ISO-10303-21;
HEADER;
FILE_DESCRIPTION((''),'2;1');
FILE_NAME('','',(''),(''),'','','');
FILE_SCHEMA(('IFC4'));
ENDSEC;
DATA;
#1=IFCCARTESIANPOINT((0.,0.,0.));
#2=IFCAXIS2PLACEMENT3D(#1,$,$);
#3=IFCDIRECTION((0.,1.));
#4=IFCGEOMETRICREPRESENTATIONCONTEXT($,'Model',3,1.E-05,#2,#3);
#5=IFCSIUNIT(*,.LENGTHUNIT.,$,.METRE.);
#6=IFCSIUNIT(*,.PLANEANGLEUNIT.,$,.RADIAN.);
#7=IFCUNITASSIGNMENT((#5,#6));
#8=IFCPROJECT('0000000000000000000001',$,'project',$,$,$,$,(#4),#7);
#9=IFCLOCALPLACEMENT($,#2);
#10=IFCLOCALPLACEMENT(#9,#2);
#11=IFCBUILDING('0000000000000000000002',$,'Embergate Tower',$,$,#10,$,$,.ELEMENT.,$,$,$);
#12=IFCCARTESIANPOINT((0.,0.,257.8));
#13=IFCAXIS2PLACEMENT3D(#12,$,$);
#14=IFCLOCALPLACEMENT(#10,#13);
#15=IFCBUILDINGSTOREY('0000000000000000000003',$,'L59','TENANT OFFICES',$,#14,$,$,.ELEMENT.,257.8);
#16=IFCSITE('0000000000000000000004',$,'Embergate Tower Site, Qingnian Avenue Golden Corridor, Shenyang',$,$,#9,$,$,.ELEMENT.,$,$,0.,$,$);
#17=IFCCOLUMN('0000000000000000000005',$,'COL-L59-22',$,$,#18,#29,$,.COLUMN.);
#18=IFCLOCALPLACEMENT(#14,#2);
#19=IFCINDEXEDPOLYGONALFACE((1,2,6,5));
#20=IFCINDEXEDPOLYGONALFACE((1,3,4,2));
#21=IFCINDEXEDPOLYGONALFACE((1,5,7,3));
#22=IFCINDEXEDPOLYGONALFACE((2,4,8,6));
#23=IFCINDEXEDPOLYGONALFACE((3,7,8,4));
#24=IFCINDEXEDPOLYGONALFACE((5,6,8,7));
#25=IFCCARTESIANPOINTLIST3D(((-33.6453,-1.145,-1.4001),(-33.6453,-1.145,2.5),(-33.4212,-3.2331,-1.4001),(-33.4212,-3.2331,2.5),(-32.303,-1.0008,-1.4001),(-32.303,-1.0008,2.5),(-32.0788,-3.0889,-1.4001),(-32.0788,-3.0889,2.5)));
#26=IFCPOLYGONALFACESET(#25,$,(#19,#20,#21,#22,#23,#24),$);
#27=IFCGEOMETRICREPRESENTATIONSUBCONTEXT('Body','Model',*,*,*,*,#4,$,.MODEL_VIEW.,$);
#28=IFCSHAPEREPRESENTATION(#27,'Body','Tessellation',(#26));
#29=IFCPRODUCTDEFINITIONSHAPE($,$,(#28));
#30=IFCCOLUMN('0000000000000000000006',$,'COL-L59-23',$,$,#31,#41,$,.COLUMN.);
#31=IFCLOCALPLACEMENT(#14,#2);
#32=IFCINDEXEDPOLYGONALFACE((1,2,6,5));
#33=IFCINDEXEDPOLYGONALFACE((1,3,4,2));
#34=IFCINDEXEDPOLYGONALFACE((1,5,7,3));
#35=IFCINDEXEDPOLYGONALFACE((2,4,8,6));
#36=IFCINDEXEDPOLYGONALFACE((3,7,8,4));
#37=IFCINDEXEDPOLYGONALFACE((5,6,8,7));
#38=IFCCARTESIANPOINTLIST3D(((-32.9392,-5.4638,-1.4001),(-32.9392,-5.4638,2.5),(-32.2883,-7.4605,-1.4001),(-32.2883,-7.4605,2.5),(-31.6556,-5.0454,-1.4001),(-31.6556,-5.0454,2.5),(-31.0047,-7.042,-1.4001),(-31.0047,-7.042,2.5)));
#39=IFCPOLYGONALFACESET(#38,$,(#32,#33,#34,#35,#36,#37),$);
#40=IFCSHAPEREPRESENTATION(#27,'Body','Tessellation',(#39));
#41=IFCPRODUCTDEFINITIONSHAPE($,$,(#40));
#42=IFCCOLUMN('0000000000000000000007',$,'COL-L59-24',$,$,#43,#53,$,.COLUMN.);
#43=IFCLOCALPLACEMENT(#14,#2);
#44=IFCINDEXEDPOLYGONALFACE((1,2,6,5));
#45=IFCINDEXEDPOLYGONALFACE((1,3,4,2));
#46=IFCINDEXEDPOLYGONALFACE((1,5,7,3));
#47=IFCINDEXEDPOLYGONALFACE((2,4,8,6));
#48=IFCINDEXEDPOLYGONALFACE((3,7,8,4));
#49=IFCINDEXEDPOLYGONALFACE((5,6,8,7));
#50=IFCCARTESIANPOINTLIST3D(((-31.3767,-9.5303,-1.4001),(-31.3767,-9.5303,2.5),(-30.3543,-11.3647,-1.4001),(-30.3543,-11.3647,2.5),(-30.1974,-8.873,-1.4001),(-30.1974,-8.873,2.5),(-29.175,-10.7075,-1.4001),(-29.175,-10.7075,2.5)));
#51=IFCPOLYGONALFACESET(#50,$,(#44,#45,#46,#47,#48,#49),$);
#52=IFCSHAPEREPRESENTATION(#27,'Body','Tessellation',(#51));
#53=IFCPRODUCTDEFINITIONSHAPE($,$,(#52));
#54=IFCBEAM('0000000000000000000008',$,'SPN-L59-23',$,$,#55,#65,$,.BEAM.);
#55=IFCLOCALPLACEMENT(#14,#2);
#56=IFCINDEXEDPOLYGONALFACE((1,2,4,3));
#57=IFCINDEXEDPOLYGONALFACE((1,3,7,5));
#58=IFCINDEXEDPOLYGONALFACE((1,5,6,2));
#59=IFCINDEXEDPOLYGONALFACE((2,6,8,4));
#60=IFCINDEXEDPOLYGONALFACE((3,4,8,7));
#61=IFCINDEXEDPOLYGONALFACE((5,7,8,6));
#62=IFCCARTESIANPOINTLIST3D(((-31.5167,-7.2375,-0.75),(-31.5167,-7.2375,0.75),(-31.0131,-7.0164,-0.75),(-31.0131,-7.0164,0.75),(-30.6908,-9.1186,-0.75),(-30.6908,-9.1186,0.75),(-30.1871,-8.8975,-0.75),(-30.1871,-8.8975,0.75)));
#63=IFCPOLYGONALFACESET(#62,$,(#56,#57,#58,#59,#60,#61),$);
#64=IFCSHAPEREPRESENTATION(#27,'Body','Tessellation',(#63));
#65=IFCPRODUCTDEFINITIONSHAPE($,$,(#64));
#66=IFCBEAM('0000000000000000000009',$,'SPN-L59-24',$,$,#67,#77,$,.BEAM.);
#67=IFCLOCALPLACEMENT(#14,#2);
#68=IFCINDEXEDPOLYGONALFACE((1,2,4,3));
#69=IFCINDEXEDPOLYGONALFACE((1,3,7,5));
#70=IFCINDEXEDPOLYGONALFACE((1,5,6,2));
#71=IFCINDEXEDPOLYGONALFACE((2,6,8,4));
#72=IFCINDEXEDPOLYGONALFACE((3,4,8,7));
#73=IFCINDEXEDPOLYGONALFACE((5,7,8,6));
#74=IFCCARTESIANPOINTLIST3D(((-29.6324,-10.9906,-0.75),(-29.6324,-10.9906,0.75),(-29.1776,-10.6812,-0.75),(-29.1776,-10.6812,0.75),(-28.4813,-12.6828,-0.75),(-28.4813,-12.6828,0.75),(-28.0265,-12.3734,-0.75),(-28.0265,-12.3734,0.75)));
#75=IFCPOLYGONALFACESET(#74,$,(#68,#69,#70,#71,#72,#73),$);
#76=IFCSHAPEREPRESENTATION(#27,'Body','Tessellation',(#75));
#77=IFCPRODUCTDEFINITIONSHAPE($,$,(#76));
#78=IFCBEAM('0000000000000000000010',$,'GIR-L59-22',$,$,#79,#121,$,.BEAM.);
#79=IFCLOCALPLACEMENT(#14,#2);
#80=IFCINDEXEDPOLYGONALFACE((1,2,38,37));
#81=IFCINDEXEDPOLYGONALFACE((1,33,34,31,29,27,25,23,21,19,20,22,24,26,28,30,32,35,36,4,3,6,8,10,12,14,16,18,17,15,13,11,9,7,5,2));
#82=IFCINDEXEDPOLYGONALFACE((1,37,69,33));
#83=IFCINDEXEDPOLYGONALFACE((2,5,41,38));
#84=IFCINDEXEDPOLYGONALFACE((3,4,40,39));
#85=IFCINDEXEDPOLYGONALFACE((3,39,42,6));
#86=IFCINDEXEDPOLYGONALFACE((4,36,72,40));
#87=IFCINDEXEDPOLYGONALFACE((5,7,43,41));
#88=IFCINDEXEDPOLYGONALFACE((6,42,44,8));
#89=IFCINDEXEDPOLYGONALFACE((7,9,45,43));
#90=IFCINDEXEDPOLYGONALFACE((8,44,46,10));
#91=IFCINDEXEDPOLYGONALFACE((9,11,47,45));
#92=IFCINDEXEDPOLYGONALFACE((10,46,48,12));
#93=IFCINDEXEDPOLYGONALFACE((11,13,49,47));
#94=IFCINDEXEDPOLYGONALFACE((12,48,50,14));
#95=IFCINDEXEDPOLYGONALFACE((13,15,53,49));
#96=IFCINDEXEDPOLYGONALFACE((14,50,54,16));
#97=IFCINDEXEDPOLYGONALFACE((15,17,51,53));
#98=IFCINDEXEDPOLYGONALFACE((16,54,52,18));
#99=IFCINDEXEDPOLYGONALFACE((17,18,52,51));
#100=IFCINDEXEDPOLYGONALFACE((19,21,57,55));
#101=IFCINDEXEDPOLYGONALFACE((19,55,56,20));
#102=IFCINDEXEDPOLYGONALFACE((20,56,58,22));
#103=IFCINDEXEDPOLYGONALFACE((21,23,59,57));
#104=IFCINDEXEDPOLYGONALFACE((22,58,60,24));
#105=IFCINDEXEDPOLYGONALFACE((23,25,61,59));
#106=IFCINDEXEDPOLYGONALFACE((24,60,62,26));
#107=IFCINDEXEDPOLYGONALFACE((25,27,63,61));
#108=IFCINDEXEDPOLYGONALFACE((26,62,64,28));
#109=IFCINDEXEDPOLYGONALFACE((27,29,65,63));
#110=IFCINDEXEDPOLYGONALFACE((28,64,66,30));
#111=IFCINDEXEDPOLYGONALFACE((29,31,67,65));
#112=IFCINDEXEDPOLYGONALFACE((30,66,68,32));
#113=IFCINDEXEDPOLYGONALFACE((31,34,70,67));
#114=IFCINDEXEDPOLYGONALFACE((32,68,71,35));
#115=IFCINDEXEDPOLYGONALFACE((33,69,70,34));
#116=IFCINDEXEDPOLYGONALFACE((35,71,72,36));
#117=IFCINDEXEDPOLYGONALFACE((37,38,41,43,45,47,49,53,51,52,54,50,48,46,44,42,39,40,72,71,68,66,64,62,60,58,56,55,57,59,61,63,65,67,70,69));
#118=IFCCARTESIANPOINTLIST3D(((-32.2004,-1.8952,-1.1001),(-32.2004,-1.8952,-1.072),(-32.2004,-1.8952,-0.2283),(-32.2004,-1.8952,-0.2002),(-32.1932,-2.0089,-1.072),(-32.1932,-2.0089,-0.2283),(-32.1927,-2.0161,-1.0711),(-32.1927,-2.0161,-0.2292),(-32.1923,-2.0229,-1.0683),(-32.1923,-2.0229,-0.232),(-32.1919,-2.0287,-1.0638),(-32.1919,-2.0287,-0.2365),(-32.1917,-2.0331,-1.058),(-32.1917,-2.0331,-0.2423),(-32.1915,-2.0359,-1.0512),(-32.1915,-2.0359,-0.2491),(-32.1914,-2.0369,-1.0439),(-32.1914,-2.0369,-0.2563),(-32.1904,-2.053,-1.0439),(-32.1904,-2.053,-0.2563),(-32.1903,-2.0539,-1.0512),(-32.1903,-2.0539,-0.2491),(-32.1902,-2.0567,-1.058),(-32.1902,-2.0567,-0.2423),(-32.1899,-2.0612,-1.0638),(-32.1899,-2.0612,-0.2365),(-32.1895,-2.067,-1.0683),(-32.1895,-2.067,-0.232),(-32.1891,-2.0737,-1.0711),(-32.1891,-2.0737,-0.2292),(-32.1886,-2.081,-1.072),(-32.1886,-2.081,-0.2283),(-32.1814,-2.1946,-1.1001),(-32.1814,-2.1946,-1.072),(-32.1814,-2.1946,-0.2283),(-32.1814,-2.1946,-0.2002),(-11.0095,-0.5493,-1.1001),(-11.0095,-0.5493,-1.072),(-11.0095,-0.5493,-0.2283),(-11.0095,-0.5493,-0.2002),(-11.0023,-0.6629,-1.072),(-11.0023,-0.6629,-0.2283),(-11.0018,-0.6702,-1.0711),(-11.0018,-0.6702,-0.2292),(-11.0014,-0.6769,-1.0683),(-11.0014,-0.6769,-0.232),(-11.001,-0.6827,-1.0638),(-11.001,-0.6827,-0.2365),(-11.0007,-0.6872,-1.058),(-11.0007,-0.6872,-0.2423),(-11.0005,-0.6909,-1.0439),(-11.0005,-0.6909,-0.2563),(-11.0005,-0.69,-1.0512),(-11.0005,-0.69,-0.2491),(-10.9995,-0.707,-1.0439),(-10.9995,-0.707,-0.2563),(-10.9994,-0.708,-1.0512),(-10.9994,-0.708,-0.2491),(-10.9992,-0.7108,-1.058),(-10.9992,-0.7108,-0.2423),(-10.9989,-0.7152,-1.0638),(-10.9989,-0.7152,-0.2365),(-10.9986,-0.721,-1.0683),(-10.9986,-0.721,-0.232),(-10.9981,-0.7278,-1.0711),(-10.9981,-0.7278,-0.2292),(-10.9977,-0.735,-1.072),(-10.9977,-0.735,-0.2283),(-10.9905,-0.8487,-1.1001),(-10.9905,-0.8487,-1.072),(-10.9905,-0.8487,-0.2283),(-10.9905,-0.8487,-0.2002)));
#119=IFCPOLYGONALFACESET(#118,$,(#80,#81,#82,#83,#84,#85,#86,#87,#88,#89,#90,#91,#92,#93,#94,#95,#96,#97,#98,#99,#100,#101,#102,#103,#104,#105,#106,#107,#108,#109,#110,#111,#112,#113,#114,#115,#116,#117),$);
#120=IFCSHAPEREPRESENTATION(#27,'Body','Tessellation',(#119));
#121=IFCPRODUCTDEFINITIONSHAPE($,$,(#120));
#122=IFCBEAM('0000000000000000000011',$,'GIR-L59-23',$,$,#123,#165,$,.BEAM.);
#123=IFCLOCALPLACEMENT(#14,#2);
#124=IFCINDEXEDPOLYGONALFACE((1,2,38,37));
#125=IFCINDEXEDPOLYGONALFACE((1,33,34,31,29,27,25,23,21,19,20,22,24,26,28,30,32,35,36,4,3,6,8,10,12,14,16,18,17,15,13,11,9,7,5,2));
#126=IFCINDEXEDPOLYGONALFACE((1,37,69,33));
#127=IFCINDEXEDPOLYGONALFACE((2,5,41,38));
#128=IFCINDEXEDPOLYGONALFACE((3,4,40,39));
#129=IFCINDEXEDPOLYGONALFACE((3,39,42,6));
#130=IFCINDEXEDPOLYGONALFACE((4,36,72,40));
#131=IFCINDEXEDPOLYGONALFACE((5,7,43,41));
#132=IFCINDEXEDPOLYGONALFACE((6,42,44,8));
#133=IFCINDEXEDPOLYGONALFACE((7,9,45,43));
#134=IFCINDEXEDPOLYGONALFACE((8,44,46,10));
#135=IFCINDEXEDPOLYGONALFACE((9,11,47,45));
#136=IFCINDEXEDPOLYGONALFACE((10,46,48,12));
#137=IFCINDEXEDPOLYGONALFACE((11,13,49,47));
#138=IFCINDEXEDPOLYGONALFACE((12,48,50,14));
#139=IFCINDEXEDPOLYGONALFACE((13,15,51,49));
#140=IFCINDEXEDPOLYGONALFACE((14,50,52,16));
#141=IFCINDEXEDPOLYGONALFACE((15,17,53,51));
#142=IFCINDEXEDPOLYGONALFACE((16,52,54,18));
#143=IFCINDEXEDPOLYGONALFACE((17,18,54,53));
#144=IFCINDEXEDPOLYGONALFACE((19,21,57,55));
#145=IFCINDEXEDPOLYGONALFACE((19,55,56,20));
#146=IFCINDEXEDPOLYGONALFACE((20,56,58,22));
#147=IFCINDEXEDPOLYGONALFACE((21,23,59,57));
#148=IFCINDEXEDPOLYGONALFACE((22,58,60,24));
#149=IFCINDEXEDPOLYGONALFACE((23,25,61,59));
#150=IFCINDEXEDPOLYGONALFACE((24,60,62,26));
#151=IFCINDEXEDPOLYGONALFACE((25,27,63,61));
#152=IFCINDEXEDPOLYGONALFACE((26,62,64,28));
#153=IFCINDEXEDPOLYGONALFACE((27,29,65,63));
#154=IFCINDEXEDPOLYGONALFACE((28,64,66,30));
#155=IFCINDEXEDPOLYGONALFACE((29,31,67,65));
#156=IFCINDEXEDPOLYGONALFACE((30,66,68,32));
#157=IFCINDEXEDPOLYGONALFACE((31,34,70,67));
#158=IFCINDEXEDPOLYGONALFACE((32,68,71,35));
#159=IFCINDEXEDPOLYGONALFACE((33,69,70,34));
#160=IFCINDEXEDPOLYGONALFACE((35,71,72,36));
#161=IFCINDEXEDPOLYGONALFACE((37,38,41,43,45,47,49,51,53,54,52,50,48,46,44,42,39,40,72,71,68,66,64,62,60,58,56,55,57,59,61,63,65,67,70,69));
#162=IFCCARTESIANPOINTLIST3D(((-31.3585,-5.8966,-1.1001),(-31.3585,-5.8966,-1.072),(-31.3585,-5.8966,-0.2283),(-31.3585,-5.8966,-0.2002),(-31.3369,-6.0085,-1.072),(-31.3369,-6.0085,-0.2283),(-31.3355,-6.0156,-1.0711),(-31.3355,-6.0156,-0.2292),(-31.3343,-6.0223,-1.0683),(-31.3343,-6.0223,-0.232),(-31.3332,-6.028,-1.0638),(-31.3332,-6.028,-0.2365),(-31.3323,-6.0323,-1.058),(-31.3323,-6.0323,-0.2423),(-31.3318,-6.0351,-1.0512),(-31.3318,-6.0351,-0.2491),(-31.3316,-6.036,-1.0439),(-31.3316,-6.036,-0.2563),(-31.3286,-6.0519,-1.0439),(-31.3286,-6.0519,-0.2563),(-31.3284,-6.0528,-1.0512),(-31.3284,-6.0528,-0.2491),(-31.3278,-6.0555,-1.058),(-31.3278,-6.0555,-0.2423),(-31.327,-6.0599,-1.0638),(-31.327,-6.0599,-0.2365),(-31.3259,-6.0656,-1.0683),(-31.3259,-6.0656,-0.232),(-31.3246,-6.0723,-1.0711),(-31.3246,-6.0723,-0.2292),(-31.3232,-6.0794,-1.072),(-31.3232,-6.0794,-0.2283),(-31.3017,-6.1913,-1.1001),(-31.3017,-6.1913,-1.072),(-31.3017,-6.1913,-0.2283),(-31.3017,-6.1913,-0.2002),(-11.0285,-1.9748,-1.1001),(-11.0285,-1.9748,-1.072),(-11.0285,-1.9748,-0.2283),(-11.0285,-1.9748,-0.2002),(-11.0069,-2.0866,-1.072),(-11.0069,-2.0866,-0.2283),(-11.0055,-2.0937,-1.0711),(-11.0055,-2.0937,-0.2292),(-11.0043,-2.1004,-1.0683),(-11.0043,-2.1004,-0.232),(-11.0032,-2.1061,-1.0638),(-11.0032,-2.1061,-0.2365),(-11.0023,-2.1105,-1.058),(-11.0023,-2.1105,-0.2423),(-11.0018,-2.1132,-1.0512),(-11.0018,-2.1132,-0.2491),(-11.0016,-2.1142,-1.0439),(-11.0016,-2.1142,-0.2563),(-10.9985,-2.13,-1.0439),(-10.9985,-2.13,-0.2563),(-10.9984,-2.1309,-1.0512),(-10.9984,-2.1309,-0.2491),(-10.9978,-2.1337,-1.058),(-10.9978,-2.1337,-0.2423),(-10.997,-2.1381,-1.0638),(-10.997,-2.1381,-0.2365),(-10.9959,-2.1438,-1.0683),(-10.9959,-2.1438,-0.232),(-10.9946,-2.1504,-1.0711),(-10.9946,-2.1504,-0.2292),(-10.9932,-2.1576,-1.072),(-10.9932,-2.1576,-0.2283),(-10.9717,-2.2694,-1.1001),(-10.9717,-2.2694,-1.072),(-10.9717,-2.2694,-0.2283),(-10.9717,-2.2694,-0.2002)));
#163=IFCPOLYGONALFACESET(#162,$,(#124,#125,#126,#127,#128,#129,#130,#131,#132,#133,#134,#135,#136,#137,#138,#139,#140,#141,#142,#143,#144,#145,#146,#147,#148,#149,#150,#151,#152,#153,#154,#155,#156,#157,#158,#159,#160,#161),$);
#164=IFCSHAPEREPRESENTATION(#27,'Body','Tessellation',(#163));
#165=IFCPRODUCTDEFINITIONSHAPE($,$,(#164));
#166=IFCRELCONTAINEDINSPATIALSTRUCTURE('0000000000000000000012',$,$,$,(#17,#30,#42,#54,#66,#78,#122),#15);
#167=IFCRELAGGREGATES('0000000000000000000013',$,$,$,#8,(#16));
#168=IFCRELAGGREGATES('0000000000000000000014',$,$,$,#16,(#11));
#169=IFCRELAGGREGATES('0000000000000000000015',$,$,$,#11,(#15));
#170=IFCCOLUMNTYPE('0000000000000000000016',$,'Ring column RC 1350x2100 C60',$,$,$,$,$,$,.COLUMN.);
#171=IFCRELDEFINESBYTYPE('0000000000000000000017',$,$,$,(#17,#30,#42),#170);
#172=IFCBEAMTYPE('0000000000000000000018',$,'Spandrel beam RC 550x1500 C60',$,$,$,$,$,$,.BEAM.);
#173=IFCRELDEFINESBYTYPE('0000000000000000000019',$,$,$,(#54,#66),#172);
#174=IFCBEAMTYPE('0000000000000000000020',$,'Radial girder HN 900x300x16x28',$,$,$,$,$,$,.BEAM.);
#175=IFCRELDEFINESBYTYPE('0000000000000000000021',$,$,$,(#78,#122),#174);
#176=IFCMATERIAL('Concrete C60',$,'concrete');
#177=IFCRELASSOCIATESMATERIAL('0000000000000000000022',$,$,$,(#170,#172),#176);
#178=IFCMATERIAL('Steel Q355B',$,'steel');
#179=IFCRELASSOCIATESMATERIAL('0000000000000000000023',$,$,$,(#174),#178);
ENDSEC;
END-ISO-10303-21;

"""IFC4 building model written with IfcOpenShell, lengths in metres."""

from ifc_helpers import new_model, si_unit, direction, frame, origin, origin_2d, place, context, subcontext, project, spatial, rectangle, i_section, extrude, source, transform, mapped, material, material_profile, profile_set, type_object, element, save


model = new_model("IFC4")

# Units and contexts
model_context = context("Model", 3, precision=1e-05, world=origin(), true_north=direction((0.0, 1.0)))
body_context = subcontext(model_context, "Body", "Model", "MODEL_VIEW")
ifc_project = project(units=[si_unit("LENGTHUNIT", "METRE"), si_unit("PLANEANGLEUNIT", "RADIAN")], contexts=[model_context])

# Site, building, storey
site_placement = place(None, origin())
site = spatial("IfcSite", under=ifc_project, at=site_placement, Name="Embergate Tower Site, Qingnian Avenue Golden Corridor, Shenyang", CompositionType="ELEMENT", RefElevation=0.0)
building_placement = place(site_placement, origin())
building = spatial("IfcBuilding", under=site, at=building_placement, Name="Embergate Tower", CompositionType="ELEMENT")
storey_placement = place(building_placement, frame((0.0, 0.0, 257.8)))
storey = spatial("IfcBuildingStorey", under=building, at=storey_placement, Name="L59", Description="TENANT OFFICES", CompositionType="ELEMENT", Elevation=257.8)

# Columns
ifc_material_1 = material(Name="Concrete C60", Category="concrete")
ifc_material_profile_1 = material_profile(ifc_material_1, rectangle(XDim=1.3501, YDim=2.1001, at=origin_2d()), Name="RC 1350x2100")
ifc_profile_set_1 = profile_set([ifc_material_profile_1], Name="Concrete C60")
column_type = type_object("IfcColumnType", Name="Ring column RC 1350x2100 C60", PredefinedType="COLUMN", material=ifc_profile_set_1)
shared_shape_1 = source(origin(), body_context, "Body", "SweptSolid", [
    extrude(rectangle(XDim=1.3501, YDim=2.1001, at=origin_2d()), origin(), (0.0, 0.0, 1.0), 3.9001),
])
for number, where, z_axis, x_axis, name in (
    (1, (-32.8621, -2.1169, -1.4001), (0.0, 0.0, 1.0), (-0.994286, -0.10675, 0.0), "COL-L59-22"),
    (2, (-31.9719, -6.2529, -1.4001), (0.0, 0.0, 1.0), (-0.950754, -0.309946, 0.0), "COL-L59-23"),
    (3, (-30.2759, -10.1189, -1.4001), (0.0, 0.0, 1.0), (-0.873492, -0.486839, 0.0), "COL-L59-24"),
):
    element("IfcColumn", number, at=place(storey_placement, frame(where, z_axis=z_axis, x_axis=x_axis)), inside=storey, type_object=column_type, Name=name, PredefinedType="COLUMN", context=body_context, shape_type="MappedRepresentation", body=[
        mapped(shared_shape_1, transform((0.0, 0.0, 0.0))),
    ])

# Beams
ifc_material_profile_2 = material_profile(ifc_material_1, rectangle(XDim=0.55, YDim=1.5, at=origin_2d()), Name="RC 550x1500")
ifc_profile_set_2 = profile_set([ifc_material_profile_2], Name="Concrete C60")
beam_type_1 = type_object("IfcBeamType", Name="Spandrel beam RC 550x1500 C60", PredefinedType="BEAM", material=ifc_profile_set_2)
shared_shape_2 = source(origin(), body_context, "Body", "SweptSolid", [
    extrude(rectangle(XDim=0.55, YDim=1.5, at=origin_2d()), origin(), (0.0, 0.0, 1.0), 2.0544),
])
beam_1_placement = place(storey_placement, frame((-31.2649, -7.127, 0.0), z_axis=(0.402022, -0.91563, 0.0), x_axis=(0.91563, 0.402022, 0.0)))
element("IfcBeam", 4, at=beam_1_placement, inside=storey, type_object=beam_type_1, Name="SPN-L59-23", PredefinedType="BEAM", context=body_context, shape_type="MappedRepresentation", body=[
    mapped(shared_shape_2, transform((0.0, 0.0, 0.0))),
])
shared_shape_3 = source(origin(), body_context, "Body", "SweptSolid", [
    extrude(rectangle(XDim=0.55, YDim=1.5, at=origin_2d()), origin(), (0.0, 0.0, 1.0), 2.0466),
])
beam_2_placement = place(storey_placement, frame((-29.405, -10.8359, 0.0), z_axis=(0.562467, -0.82682, 0.0), x_axis=(0.82682, 0.562467, 0.0)))
element("IfcBeam", 5, at=beam_2_placement, inside=storey, type_object=beam_type_1, Name="SPN-L59-24", PredefinedType="BEAM", context=body_context, shape_type="MappedRepresentation", body=[
    mapped(shared_shape_3, transform((0.0, 0.0, 0.0))),
])
ifc_material_2 = material(Name="Steel Q355B", Category="steel")
ifc_material_profile_3 = material_profile(ifc_material_2, i_section(OverallWidth=0.3, OverallDepth=0.8999, WebThickness=0.0161, FlangeThickness=0.0281, FilletRadius=0.0281, at=origin_2d()), Name="HN 900x300x16x28")
ifc_profile_set_3 = profile_set([ifc_material_profile_3], Name="Steel Q355 grade B")
beam_type_2 = type_object("IfcBeamType", Name="Radial girder HN 900x300x16x28", PredefinedType="BEAM", material=ifc_profile_set_3)
shared_shape_4 = source(origin(), body_context, "Body", "SweptSolid", [
    extrude(i_section(OverallWidth=0.3, OverallDepth=0.8999, WebThickness=0.0161, FlangeThickness=0.0281, FilletRadius=0.0281, at=origin_2d()), origin(), (0.0, 0.0, 1.0), 21.2336),
])
beam_3_placement = place(storey_placement, frame((-32.1909, -2.0449, -0.6501), z_axis=(0.997989, 0.063388, 0.0), x_axis=(-0.063388, 0.997989, 0.0)))
element("IfcBeam", 6, at=beam_3_placement, inside=storey, type_object=beam_type_2, Name="GIR-L59-22", PredefinedType="BEAM", context=body_context, shape_type="MappedRepresentation", body=[
    mapped(shared_shape_4, transform((0.0, 0.0, 0.0))),
])
shared_shape_5 = source(origin(), body_context, "Body", "SweptSolid", [
    extrude(i_section(OverallWidth=0.3, OverallDepth=0.8999, WebThickness=0.0161, FlangeThickness=0.0281, FilletRadius=0.0281, at=origin_2d()), origin(), (0.0, 0.0, 1.0), 20.7048),
])
beam_4_placement = place(storey_placement, frame((-31.3301, -6.0439, -0.6501), z_axis=(0.981897, 0.189418, 0.0), x_axis=(-0.189418, 0.981897, 0.0)))
element("IfcBeam", 7, at=beam_4_placement, inside=storey, type_object=beam_type_2, Name="GIR-L59-23", PredefinedType="BEAM", context=body_context, shape_type="MappedRepresentation", body=[
    mapped(shared_shape_5, transform((0.0, 0.0, 0.0))),
])

save(model, "model.ifc")
